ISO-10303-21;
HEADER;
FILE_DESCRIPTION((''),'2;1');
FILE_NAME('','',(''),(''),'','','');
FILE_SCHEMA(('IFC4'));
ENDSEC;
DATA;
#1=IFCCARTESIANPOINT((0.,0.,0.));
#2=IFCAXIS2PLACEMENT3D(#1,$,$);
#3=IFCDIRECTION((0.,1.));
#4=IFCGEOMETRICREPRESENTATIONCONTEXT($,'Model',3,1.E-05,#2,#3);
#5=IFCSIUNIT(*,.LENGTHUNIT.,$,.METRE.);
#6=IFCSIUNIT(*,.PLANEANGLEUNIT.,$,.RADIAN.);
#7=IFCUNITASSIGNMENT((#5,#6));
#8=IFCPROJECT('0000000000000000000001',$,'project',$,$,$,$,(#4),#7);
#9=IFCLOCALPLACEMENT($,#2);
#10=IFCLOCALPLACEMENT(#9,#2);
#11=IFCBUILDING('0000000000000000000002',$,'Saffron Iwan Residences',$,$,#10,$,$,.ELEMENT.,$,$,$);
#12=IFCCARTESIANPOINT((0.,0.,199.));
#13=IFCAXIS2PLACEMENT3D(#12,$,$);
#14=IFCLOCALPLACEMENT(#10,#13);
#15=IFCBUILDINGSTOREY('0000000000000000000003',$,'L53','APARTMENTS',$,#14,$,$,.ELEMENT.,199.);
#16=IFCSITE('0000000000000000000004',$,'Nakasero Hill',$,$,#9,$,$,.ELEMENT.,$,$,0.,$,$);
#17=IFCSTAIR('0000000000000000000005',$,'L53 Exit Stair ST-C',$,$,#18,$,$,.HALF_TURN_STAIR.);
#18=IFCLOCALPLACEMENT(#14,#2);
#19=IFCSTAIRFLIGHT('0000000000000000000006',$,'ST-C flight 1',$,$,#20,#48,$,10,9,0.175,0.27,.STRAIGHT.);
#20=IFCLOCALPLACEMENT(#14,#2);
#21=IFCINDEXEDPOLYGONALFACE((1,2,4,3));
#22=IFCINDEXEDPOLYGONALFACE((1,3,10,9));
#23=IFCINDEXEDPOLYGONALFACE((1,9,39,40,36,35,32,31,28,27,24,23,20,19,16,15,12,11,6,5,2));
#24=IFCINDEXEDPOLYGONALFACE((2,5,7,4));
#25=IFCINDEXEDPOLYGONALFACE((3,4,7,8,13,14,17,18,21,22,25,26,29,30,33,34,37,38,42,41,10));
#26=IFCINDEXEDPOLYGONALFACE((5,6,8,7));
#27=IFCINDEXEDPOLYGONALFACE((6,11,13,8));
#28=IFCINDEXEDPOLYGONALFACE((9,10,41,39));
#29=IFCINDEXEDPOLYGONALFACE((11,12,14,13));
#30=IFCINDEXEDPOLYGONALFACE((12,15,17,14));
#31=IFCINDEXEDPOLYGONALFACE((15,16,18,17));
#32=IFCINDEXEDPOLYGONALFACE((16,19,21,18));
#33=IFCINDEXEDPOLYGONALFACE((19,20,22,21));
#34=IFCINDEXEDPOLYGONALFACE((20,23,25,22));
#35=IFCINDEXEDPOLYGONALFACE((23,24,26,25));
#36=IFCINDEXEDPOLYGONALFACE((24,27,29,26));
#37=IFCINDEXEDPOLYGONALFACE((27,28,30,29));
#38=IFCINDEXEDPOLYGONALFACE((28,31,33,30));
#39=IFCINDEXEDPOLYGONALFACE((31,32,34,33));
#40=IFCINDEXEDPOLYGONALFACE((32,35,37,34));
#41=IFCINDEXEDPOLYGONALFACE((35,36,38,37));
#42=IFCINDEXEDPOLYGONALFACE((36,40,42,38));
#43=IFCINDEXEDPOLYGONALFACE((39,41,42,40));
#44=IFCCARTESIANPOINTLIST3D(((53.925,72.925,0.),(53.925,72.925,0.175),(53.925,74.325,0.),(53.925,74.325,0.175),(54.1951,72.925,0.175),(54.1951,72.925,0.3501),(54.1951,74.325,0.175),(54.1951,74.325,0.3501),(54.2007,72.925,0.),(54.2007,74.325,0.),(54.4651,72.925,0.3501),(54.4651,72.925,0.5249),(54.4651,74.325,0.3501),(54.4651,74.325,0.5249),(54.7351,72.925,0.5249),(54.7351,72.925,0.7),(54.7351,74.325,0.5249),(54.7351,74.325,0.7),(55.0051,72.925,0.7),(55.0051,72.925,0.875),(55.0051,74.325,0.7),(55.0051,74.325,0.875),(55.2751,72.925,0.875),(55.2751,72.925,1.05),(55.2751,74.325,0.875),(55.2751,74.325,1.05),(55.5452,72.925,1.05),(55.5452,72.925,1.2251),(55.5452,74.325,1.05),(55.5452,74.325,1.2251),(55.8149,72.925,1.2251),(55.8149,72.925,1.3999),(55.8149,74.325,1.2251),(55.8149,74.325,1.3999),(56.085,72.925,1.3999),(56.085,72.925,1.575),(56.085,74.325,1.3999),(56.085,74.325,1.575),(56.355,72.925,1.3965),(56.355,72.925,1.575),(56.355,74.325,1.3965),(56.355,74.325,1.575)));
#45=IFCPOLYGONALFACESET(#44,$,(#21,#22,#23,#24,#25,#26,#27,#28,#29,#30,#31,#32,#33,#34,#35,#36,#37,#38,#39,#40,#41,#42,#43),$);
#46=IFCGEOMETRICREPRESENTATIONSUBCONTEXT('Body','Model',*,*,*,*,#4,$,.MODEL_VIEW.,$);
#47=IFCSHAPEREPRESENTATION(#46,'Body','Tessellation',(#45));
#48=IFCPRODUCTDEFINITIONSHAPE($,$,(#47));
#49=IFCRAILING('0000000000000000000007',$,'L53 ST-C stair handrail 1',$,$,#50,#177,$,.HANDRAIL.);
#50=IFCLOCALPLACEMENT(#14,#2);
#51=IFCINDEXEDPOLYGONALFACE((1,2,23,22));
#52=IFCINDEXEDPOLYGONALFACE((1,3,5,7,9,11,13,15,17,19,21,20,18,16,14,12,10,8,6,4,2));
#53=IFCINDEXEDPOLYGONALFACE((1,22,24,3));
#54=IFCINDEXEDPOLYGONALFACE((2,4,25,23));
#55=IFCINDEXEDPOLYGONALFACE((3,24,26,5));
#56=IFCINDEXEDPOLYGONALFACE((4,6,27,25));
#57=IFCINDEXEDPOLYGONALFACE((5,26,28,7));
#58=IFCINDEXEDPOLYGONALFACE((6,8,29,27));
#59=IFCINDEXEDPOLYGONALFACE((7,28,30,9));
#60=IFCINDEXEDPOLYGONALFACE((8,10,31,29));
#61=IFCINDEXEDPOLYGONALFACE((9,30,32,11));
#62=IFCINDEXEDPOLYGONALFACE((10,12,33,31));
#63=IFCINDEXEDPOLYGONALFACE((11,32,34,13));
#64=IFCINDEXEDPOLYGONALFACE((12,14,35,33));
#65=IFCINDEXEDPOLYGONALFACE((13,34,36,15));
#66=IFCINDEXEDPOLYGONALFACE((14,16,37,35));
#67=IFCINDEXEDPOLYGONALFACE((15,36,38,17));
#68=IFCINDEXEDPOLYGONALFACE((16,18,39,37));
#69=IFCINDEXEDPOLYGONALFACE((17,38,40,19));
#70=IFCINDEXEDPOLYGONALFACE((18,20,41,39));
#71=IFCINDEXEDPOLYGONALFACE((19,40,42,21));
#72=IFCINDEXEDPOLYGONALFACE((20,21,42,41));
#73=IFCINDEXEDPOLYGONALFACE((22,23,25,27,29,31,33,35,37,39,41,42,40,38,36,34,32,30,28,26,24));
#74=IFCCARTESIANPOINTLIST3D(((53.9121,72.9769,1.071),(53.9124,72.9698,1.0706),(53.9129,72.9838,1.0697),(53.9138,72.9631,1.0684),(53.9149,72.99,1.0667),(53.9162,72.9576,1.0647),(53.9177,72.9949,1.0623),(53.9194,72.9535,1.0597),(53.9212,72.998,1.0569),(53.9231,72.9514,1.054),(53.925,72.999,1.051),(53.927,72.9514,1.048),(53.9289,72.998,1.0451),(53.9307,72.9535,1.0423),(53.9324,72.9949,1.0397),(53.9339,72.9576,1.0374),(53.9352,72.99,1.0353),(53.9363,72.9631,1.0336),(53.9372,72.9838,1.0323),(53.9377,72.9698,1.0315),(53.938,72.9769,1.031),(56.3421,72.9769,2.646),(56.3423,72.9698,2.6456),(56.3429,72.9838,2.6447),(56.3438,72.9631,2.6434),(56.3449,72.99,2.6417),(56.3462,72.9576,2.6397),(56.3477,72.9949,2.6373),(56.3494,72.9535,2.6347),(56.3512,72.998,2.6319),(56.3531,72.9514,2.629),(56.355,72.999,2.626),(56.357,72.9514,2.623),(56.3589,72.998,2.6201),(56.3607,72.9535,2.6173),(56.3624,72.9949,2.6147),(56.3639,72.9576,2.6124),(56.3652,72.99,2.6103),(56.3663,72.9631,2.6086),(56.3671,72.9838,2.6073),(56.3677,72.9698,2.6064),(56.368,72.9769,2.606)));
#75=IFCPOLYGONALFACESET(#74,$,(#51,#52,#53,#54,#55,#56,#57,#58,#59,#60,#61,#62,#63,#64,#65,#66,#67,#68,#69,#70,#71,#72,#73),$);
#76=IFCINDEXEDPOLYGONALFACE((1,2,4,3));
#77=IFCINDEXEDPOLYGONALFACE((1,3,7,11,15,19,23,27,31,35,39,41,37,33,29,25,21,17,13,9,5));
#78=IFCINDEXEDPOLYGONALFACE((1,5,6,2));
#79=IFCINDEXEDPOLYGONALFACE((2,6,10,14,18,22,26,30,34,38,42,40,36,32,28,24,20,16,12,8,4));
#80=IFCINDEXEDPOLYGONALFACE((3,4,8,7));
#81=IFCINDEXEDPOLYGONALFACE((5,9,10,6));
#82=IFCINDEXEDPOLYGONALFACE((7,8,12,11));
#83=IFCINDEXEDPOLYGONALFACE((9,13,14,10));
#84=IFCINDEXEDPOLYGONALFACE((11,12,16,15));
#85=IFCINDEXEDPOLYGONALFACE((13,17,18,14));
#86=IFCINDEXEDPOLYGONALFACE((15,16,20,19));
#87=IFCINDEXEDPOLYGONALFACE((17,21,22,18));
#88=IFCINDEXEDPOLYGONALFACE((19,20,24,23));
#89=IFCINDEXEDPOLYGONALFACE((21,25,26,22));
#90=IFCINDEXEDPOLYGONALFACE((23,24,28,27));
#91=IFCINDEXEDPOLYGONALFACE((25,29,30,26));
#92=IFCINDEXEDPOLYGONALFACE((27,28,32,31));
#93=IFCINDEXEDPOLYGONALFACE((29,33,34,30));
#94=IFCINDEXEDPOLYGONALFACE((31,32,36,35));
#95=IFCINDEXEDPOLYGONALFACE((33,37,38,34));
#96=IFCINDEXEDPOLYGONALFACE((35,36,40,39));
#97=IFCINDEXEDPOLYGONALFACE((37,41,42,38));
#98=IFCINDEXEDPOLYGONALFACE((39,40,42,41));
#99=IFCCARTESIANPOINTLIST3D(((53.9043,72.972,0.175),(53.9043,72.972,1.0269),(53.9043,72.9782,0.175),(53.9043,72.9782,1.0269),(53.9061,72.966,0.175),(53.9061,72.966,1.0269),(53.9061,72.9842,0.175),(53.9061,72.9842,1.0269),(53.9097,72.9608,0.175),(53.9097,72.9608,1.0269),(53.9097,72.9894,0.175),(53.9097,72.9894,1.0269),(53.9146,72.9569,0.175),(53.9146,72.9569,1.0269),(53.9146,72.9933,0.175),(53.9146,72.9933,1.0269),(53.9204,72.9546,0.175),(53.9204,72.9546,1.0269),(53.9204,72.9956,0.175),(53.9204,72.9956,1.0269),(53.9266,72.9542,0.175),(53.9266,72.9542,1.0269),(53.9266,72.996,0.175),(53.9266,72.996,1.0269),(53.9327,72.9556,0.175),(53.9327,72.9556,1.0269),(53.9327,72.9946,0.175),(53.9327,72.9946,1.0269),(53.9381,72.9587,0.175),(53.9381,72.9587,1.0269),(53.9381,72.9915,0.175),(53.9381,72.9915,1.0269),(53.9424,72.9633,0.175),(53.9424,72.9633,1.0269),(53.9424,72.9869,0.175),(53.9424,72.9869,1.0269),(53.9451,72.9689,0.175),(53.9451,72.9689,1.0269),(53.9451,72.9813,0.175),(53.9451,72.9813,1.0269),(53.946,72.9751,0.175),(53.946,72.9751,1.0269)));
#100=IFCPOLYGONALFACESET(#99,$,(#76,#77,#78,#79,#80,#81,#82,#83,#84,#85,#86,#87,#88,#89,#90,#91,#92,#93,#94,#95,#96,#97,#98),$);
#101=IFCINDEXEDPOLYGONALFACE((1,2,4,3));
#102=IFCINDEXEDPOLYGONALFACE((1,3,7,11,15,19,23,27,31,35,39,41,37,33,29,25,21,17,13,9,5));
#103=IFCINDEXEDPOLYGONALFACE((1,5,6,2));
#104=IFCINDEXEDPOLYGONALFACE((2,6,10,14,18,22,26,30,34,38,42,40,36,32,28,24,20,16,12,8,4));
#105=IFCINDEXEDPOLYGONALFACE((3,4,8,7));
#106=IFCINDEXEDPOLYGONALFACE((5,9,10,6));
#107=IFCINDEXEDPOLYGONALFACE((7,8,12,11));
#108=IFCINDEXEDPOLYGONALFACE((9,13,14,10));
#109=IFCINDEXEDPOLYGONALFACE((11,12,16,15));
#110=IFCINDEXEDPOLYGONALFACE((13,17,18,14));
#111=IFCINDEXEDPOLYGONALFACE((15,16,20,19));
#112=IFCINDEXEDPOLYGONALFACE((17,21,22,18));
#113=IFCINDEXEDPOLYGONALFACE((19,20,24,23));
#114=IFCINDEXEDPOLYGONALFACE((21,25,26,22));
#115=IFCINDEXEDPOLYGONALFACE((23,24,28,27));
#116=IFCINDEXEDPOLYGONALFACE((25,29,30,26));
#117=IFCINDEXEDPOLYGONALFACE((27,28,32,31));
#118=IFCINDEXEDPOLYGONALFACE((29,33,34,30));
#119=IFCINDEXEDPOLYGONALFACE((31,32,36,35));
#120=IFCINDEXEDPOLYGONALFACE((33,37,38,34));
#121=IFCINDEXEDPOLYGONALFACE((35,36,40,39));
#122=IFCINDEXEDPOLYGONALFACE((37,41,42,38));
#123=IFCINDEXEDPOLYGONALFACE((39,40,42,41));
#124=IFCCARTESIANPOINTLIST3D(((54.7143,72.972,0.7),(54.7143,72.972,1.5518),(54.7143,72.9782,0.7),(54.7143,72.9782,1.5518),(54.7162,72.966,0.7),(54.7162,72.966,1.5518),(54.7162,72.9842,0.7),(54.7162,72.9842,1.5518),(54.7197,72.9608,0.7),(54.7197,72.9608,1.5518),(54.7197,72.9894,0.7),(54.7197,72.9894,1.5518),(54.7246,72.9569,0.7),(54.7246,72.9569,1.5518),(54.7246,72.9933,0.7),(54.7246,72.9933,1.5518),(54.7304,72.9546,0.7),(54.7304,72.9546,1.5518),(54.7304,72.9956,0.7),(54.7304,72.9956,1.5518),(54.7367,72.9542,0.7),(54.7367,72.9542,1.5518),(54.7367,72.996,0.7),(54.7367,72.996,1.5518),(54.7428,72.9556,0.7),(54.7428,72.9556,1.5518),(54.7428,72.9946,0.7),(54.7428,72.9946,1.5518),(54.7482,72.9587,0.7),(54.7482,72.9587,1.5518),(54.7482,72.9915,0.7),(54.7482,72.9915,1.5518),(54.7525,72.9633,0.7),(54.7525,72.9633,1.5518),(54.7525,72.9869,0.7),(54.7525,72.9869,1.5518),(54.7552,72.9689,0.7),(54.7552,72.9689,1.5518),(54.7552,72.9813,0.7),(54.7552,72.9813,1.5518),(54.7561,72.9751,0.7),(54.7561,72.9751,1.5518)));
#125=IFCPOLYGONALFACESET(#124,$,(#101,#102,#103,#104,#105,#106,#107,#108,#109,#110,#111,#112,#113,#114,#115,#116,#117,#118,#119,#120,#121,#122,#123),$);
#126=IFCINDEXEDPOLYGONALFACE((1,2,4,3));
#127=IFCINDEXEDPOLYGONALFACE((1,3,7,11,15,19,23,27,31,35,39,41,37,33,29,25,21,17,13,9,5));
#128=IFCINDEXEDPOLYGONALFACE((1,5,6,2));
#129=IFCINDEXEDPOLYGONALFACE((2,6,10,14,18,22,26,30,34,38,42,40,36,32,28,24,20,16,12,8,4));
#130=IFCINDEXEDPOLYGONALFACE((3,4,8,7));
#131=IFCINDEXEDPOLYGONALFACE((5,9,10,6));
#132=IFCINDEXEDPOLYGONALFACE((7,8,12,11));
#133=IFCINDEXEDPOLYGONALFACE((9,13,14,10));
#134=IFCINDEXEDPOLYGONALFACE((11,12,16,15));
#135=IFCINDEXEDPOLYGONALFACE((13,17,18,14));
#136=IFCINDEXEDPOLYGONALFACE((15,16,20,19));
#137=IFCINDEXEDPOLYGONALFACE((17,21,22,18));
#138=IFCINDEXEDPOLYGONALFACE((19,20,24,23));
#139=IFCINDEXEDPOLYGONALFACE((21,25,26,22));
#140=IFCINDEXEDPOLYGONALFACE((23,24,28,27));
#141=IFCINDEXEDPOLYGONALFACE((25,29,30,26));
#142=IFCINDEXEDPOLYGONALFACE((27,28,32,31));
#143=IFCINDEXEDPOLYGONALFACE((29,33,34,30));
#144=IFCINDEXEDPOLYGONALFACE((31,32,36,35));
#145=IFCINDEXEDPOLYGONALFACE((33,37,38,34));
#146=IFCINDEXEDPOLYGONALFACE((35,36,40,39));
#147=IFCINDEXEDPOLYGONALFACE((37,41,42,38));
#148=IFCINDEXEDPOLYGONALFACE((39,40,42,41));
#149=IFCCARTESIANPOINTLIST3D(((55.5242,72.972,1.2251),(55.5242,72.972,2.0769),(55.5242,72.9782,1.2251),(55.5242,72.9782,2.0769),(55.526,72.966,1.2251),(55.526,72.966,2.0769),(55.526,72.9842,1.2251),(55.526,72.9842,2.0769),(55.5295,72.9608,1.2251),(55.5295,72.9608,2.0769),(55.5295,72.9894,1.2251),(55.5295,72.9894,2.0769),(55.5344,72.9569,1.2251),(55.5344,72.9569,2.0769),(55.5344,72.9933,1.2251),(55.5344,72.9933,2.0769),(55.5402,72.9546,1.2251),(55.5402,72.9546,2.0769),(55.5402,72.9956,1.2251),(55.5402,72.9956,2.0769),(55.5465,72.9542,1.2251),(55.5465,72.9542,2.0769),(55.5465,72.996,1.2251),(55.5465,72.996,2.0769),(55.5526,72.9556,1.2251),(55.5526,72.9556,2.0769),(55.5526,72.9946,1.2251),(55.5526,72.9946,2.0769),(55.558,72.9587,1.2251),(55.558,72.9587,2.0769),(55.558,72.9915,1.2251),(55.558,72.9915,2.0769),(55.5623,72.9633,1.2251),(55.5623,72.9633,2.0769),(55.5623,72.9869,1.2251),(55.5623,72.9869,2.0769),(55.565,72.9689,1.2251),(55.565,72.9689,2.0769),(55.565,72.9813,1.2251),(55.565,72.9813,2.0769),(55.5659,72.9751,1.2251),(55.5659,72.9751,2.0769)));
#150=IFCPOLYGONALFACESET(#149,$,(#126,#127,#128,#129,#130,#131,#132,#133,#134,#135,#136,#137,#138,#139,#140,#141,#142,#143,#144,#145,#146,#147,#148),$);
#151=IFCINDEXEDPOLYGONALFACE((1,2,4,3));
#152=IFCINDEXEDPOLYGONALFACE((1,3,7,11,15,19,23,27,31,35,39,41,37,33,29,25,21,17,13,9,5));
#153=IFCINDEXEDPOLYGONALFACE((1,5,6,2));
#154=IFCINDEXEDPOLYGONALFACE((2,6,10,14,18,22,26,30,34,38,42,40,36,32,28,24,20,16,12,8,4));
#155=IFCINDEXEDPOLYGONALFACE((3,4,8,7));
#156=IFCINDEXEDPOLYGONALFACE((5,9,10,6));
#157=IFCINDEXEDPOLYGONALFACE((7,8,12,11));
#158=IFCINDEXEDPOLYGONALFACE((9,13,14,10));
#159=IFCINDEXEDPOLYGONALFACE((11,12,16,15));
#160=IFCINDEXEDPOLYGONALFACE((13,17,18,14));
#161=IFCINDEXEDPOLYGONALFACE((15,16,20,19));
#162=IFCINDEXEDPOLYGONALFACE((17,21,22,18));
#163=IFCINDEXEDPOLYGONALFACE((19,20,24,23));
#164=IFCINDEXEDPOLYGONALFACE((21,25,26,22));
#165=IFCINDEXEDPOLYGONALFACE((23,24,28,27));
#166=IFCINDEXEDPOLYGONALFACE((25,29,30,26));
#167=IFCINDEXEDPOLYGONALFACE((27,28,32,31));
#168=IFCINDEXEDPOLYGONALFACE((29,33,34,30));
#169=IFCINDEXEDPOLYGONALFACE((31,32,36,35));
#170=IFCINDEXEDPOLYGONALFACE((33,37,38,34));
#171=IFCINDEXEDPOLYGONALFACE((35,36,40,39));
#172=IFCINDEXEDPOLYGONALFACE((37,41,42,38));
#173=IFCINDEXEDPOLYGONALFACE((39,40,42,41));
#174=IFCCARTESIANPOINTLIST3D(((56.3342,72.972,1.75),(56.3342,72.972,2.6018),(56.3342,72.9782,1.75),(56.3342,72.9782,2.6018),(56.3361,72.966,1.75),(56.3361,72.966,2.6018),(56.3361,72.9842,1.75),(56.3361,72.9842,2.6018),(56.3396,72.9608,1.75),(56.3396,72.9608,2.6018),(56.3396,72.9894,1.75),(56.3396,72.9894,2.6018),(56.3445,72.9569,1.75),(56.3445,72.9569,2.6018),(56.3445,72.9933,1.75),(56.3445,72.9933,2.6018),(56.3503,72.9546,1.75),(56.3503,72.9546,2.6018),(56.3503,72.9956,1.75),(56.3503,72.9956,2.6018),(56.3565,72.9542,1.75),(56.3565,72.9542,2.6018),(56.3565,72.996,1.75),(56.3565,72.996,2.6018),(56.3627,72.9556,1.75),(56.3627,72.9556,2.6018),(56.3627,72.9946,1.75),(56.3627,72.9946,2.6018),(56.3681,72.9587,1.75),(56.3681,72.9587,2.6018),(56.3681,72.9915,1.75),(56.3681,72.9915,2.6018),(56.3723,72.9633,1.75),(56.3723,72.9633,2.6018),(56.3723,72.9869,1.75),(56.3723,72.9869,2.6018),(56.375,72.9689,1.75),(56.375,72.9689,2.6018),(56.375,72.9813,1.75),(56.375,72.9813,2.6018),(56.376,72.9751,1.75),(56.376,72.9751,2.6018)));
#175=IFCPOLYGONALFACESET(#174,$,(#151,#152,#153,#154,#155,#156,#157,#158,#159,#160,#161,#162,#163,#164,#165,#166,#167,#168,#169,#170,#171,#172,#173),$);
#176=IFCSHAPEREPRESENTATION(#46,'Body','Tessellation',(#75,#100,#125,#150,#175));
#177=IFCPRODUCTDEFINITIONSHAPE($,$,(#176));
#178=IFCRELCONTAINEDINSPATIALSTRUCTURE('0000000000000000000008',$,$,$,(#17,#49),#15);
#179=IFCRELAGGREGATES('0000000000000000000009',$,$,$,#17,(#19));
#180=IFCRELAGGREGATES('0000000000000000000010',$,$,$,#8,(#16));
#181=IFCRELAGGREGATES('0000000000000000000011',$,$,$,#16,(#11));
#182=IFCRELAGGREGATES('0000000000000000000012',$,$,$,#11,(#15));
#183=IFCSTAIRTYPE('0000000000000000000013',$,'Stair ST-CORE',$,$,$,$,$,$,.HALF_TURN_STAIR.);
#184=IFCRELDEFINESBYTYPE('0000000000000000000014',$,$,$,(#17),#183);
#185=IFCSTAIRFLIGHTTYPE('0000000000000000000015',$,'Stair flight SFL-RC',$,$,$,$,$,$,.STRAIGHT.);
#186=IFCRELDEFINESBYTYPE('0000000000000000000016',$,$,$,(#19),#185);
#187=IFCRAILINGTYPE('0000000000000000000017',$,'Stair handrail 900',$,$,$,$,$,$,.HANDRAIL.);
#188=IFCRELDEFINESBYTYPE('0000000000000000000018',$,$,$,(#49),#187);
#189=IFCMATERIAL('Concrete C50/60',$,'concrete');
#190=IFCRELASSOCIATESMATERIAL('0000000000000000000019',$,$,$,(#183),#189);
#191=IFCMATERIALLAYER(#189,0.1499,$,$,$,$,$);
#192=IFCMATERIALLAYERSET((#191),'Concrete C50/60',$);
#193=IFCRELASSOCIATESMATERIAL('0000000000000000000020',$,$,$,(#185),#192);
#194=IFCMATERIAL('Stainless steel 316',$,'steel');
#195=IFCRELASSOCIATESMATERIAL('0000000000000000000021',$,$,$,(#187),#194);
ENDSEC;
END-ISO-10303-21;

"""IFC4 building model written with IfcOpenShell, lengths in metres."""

from ifc_helpers import new_model, si_unit, direction, frame, origin, origin_2d, place, context, subcontext, project, spatial, polyline, circle, outline, extrude, material, layer, layer_set, type_object, element, aggregate, save


model = new_model("IFC4")

# Units and contexts
model_context = context("Model", 3, precision=1e-05, world=origin(), true_north=direction((0.0, 1.0)))
body_context = subcontext(model_context, "Body", "Model", "MODEL_VIEW")
ifc_project = project(units=[si_unit("LENGTHUNIT", "METRE"), si_unit("PLANEANGLEUNIT", "RADIAN")], contexts=[model_context])

# Site, building, storey
site_placement = place(None, origin())
site = spatial("IfcSite", under=ifc_project, at=site_placement, Name="Nakasero Hill", CompositionType="ELEMENT", RefElevation=0.0)
building_placement = place(site_placement, origin())
building = spatial("IfcBuilding", under=site, at=building_placement, Name="Saffron Iwan Residences", CompositionType="ELEMENT")
storey_placement = place(building_placement, frame((0.0, 0.0, 199.0)))
storey = spatial("IfcBuildingStorey", under=building, at=storey_placement, Name="L53", Description="APARTMENTS", CompositionType="ELEMENT", Elevation=199.0)

# Shared definitions
ifc_material_1 = material(Name="Concrete C50/60", Category="concrete")

# Stair, stair flight
stair_type = type_object("IfcStairType", Name="Stair ST-CORE", PredefinedType="HALF_TURN_STAIR", material=ifc_material_1)
stair_placement = place(storey_placement, origin())
stair = element("IfcStair", 1, at=stair_placement, inside=storey, type_object=stair_type, Name="L53 Exit Stair ST-C", PredefinedType="HALF_TURN_STAIR")
ifc_layer_1 = layer(ifc_material_1, 0.1499)
ifc_layer_set_1 = layer_set([ifc_layer_1], Name="Concrete C50/60")
stair_flight_type = type_object("IfcStairFlightType", Name="Stair flight SFL-RC", PredefinedType="STRAIGHT", material=ifc_layer_set_1)
stair_flight_placement = place(storey_placement, frame((53.925, 73.625, 0.0), z_axis=(0.0, 0.0, 1.0), x_axis=(1.0, 0.0, 0.0)))
stair_flight = element("IfcStairFlight", 2, at=stair_flight_placement, type_object=stair_flight_type, Name="ST-C flight 1", NumberOfRisers=10, NumberOfTreads=9, PredefinedType="STRAIGHT", RiserHeight=0.175, TreadLength=0.27, context=body_context, shape_type="SweptSolid", body=[
    extrude(outline(polyline([(0.0, 0.0), (0.0, 0.175), (0.27, 0.175), (0.27, 0.3501), (0.54, 0.3501), (0.54, 0.5249), (0.8101, 0.5249), (0.8101, 0.7), (1.0801, 0.7), (1.0801, 0.875), (1.3501, 0.875), (1.3501, 1.05), (1.6201, 1.05), (1.6201, 1.2251), (1.8899, 1.2251), (1.8899, 1.3999), (2.1599, 1.3999), (2.1599, 1.575), (2.4299, 1.575), (2.4299, 1.75), (2.4299, 1.3965), (0.2756, 0.0), (0.0, 0.0)])), frame((0.0, 0.7, 0.0), z_axis=(0.0, -1.0, 0.0), x_axis=(1.0, 0.0, 0.0)), (0.0, 0.0, 1.0), 1.3999),
])
aggregate(stair, [stair_flight])

# Railing
ifc_material_2 = material(Name="Stainless steel 316", Category="steel")
railing_type = type_object("IfcRailingType", Name="Stair handrail 900", PredefinedType="HANDRAIL", material=ifc_material_2)
railing_placement = place(storey_placement, frame((53.925, 72.9751, 0.175)))
element("IfcRailing", 3, at=railing_placement, inside=storey, type_object=railing_type, Name="L53 ST-C stair handrail 1", PredefinedType="HANDRAIL", context=body_context, shape_type="SweptSolid", body=[
    extrude(circle(Radius=0.0239, at=origin_2d()), frame((0.0, 0.0, 0.876), z_axis=(0.839154, 0.0, 0.543894), x_axis=(0.0, 1.0, 0.0)), (0.0, 0.0, 1.0), 2.8958),
    extrude(circle(Radius=0.021, at=origin_2d()), origin(), (0.0, 0.0, 1.0), 0.8518),
    extrude(circle(Radius=0.021, at=origin_2d()), frame((0.8101, 0.0, 0.5249)), (0.0, 0.0, 1.0), 0.8518),
    extrude(circle(Radius=0.021, at=origin_2d()), frame((1.6199, 0.0, 1.05)), (0.0, 0.0, 1.0), 0.8518),
    extrude(circle(Radius=0.021, at=origin_2d()), frame((2.4299, 0.0, 1.575)), (0.0, 0.0, 1.0), 0.8518),
])

save(model, "model.ifc")
